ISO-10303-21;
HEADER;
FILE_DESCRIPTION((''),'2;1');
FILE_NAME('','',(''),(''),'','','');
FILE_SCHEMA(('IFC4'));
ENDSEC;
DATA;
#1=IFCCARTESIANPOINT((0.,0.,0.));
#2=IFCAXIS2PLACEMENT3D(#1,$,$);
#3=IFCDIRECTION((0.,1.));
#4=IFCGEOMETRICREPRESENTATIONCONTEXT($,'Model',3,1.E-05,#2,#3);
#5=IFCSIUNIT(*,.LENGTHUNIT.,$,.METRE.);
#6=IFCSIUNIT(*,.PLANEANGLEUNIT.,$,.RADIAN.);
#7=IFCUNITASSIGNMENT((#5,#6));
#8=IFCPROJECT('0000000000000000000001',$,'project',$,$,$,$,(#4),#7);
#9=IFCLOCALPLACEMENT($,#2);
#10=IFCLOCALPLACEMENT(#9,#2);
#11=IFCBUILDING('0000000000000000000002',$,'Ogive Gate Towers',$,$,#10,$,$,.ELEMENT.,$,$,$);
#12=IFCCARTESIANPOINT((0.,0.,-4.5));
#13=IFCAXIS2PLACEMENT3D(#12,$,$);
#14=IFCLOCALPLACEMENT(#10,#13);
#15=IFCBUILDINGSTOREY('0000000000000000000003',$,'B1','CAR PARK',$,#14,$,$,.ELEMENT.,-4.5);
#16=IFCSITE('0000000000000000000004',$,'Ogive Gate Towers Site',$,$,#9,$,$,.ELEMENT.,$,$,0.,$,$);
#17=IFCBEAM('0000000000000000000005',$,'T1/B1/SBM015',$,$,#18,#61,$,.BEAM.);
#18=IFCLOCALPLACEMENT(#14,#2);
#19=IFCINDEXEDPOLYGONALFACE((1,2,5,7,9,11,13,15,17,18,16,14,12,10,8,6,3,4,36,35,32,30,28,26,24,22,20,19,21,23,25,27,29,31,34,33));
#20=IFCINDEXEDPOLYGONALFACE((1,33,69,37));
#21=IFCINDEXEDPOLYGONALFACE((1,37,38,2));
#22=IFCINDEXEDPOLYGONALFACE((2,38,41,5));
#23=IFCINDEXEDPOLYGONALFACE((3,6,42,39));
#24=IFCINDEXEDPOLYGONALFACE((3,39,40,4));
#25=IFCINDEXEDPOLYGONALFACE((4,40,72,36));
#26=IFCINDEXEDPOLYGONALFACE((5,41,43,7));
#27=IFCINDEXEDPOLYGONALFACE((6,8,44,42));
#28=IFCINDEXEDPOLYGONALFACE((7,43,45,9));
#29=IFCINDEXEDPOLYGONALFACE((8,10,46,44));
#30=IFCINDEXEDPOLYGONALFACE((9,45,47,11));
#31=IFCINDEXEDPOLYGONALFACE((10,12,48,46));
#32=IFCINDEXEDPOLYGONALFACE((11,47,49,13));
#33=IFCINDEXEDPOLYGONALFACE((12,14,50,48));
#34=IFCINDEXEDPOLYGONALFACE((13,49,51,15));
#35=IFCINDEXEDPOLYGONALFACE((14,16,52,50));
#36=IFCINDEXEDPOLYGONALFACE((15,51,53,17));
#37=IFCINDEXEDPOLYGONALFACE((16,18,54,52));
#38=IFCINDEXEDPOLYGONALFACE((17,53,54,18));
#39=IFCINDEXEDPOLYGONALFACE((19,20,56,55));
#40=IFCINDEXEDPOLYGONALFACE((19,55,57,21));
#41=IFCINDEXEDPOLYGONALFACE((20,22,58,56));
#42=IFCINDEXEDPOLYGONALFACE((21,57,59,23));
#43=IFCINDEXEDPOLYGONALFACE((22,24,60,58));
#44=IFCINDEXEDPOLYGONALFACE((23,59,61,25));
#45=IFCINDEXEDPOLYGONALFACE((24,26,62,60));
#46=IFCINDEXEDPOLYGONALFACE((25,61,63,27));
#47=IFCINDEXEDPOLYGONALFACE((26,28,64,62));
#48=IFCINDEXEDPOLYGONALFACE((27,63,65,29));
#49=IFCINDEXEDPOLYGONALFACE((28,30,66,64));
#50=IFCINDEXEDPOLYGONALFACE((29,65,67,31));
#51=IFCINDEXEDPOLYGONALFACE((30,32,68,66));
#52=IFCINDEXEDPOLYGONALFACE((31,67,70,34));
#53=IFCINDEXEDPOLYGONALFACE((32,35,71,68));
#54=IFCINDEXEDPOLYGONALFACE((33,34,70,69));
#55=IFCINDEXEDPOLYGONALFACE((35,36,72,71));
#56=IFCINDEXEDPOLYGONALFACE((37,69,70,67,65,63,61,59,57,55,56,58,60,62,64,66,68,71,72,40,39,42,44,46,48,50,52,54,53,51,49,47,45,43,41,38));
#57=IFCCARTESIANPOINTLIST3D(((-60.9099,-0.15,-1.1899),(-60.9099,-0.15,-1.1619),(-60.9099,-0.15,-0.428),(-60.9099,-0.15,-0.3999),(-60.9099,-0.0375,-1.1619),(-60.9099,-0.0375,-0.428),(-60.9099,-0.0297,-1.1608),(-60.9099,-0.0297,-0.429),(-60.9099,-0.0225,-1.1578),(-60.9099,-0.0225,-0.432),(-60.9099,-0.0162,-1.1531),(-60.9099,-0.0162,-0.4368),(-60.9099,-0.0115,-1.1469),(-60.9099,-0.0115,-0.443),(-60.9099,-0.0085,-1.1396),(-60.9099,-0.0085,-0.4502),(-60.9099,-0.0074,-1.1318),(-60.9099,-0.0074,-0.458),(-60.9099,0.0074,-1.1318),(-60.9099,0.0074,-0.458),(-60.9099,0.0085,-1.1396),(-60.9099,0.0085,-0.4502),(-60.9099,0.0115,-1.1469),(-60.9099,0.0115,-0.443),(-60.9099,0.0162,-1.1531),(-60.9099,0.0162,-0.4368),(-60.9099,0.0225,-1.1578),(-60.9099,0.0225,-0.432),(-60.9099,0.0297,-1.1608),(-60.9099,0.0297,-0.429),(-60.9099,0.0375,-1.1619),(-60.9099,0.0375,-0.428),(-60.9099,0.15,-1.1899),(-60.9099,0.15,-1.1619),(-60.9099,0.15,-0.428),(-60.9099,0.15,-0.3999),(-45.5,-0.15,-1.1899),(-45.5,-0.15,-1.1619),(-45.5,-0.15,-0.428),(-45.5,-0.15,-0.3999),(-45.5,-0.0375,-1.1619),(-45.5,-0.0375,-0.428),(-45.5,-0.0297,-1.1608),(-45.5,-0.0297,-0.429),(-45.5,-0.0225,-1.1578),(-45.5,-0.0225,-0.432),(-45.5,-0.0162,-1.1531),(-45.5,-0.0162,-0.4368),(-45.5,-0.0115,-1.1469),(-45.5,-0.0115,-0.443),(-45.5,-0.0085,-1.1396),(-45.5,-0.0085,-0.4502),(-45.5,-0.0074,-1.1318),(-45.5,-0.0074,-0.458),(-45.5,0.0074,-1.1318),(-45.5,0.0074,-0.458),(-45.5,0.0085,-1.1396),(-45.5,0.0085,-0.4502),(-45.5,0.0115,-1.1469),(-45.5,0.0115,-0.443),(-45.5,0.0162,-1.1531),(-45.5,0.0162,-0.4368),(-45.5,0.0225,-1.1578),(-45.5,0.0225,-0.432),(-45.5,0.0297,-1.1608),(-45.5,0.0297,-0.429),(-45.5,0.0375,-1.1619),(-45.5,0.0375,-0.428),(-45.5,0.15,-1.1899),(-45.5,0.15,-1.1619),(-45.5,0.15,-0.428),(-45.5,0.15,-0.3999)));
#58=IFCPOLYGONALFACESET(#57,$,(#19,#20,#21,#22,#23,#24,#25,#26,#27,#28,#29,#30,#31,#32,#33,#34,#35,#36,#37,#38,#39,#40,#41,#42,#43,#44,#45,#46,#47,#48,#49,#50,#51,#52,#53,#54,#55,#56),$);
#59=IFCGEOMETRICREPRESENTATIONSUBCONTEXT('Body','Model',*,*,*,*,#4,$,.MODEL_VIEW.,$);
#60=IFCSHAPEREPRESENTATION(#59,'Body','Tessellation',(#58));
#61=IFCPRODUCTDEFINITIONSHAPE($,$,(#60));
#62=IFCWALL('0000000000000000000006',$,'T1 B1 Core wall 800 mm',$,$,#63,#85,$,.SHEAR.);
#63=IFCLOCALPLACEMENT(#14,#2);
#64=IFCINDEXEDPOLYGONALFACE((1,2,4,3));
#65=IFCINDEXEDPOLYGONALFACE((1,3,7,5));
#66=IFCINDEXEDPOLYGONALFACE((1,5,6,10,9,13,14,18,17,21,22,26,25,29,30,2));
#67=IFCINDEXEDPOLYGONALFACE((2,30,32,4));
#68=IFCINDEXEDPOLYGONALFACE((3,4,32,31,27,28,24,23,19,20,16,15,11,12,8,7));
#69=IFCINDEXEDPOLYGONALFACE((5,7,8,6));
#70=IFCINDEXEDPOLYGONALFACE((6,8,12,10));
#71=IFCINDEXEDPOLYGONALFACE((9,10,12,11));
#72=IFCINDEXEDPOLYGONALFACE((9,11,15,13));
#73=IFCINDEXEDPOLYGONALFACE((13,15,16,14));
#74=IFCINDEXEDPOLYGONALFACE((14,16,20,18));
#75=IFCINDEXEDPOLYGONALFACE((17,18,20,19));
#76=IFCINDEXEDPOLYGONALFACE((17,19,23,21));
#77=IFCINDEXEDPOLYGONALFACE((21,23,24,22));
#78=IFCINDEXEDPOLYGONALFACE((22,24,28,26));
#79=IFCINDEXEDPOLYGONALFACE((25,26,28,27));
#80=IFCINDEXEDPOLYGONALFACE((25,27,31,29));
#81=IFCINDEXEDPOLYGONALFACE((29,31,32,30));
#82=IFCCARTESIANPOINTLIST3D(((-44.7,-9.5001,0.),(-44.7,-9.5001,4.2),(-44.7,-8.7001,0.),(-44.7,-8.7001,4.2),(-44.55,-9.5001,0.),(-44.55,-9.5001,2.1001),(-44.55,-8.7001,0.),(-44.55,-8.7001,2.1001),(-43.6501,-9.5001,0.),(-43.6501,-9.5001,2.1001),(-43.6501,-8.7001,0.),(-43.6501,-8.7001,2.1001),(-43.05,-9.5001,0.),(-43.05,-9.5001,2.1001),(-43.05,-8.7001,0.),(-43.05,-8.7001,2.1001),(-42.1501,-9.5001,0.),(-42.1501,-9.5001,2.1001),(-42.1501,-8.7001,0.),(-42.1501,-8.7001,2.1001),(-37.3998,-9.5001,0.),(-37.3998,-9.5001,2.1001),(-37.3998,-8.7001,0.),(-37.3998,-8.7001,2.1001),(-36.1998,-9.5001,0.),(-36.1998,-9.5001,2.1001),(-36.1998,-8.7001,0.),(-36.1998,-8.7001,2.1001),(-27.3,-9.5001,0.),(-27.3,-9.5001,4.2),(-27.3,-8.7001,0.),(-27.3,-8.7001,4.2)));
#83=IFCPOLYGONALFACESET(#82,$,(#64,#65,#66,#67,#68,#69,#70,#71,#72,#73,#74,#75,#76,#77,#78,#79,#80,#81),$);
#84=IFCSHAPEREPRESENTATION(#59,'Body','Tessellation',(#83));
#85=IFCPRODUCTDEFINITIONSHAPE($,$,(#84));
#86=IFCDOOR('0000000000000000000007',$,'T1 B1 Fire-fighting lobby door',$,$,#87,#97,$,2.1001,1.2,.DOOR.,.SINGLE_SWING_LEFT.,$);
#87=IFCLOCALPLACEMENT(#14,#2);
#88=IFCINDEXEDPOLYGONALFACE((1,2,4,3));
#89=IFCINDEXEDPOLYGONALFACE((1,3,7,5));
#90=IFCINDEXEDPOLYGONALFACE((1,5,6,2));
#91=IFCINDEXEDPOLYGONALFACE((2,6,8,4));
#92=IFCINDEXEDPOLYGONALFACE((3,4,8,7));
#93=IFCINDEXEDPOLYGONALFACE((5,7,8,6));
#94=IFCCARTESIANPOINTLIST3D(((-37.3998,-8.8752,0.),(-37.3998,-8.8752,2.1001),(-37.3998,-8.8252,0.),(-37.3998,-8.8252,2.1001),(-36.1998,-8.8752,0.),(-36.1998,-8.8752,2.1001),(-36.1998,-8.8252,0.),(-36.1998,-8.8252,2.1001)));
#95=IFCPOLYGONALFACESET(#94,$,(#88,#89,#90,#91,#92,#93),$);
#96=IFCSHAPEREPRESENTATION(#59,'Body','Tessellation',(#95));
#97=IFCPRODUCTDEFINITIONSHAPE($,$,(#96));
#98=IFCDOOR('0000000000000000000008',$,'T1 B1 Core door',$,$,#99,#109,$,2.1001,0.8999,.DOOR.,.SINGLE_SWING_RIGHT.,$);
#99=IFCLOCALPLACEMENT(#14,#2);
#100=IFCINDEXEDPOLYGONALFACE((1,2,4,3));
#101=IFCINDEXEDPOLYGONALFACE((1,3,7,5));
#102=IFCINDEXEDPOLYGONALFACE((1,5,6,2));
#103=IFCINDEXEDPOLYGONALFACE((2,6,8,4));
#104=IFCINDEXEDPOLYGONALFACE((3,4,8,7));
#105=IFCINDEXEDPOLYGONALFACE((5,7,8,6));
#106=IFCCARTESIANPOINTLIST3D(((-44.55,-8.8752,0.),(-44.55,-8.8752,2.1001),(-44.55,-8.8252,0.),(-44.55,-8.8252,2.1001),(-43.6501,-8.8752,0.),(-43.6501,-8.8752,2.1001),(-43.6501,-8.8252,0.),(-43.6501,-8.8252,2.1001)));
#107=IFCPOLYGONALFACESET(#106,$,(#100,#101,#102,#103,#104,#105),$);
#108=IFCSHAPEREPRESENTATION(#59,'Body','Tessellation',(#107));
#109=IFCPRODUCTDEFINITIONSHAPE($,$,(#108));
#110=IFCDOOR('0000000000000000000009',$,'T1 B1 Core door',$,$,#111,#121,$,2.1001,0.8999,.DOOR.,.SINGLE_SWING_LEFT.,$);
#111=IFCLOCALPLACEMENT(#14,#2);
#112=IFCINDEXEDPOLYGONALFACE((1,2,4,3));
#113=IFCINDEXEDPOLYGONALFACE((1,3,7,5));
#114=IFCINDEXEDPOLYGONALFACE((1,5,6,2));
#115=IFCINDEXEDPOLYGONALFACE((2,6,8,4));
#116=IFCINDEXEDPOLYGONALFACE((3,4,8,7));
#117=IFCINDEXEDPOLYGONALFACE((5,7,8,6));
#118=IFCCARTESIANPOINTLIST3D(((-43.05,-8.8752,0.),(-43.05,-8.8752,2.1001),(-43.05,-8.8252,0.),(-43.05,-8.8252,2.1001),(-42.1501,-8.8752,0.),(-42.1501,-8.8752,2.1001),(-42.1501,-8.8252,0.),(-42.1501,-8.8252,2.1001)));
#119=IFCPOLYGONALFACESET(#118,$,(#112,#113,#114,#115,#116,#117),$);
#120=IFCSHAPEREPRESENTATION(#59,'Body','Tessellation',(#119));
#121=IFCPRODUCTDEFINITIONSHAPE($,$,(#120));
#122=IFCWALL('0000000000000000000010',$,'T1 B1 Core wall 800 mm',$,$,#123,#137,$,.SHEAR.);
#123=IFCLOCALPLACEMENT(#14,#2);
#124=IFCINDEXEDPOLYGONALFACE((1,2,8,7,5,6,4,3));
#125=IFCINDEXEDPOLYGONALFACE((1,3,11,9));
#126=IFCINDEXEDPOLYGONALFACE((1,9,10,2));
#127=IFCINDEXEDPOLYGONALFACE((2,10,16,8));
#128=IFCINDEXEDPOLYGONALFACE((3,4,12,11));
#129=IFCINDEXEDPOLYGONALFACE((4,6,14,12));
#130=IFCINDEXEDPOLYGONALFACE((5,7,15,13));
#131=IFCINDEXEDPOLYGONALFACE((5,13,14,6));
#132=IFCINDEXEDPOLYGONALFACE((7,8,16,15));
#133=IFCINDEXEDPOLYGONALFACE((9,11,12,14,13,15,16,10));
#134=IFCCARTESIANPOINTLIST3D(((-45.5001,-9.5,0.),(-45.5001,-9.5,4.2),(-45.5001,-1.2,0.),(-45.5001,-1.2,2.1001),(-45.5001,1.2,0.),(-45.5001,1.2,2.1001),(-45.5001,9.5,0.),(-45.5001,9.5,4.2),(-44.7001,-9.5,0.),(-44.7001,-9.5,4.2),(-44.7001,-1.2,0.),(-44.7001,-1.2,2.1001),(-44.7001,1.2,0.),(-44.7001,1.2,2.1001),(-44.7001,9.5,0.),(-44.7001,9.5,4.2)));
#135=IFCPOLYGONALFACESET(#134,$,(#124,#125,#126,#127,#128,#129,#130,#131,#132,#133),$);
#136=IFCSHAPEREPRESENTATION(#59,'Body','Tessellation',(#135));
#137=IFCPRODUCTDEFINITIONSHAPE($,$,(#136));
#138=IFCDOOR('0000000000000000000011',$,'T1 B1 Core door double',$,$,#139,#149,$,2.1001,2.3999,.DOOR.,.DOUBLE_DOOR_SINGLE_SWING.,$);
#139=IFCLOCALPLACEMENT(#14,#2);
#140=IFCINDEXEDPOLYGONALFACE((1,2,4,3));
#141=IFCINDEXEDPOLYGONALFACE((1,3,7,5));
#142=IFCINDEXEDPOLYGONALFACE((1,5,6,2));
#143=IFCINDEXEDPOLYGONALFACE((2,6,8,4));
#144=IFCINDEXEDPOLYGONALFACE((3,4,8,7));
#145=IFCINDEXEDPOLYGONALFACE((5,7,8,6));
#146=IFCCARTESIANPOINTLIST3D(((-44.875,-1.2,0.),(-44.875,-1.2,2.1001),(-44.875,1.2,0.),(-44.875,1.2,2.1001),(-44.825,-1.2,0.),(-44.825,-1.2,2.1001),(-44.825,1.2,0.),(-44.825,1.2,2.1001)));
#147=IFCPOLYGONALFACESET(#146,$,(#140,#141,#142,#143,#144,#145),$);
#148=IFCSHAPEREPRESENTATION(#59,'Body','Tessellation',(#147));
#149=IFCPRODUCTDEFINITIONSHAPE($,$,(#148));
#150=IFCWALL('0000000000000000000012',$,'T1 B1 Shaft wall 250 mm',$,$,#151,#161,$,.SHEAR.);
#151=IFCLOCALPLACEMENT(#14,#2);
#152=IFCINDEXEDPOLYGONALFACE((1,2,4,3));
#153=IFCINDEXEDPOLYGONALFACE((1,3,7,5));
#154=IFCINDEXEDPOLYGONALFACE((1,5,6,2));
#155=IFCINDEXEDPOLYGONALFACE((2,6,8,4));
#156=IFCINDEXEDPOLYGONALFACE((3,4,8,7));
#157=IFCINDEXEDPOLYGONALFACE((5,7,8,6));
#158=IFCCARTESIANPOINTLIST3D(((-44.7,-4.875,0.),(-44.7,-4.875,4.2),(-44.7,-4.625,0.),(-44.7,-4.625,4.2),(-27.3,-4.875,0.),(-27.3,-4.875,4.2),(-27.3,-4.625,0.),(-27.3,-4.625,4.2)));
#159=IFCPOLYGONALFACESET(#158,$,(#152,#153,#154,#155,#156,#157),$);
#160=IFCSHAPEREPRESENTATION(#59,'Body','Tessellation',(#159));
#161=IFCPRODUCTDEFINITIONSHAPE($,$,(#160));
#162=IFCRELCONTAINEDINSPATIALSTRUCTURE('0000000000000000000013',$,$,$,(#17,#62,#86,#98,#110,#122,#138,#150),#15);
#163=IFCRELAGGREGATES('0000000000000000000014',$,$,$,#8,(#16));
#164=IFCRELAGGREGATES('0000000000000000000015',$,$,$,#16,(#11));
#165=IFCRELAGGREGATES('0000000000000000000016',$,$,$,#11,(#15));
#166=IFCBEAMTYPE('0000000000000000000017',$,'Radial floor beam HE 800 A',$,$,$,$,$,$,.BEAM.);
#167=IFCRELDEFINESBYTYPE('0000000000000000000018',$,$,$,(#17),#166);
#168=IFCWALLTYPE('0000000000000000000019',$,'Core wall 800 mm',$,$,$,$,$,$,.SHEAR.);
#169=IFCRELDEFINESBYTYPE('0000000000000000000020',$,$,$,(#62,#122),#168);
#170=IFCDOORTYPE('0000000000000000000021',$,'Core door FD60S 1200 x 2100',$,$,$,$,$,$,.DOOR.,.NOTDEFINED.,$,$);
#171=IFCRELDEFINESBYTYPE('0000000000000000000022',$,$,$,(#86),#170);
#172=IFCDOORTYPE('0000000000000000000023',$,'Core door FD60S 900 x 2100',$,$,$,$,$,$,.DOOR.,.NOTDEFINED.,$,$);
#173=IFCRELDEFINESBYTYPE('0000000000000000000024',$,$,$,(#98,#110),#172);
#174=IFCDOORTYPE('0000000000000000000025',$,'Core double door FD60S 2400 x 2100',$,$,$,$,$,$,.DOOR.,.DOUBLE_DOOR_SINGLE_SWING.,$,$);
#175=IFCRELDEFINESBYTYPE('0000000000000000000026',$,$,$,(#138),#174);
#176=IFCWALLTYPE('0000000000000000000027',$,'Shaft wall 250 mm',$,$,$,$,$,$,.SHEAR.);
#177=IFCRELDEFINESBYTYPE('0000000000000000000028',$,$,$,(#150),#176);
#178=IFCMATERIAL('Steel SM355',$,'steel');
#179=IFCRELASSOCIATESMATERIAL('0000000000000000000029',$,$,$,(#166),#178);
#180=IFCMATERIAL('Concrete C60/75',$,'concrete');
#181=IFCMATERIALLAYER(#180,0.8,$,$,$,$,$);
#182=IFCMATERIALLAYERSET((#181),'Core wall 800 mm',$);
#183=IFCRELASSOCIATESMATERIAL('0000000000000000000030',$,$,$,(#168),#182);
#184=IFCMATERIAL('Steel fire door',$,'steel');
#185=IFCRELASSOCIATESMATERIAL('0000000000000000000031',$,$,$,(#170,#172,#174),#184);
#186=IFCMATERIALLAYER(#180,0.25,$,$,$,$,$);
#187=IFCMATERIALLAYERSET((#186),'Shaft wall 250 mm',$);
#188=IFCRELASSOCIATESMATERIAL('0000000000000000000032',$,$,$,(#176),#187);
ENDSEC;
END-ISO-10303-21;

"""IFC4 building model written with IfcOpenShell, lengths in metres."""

from ifc_helpers import new_model, si_unit, direction, frame, frame_2d, origin, origin_2d, place, context, subcontext, project, spatial, rectangle, i_section, extrude, material, layer, layer_set, material_profile, profile_set, type_object, element, fill, save


model = new_model("IFC4")

# Units and contexts
model_context = context("Model", 3, precision=1e-05, world=origin(), true_north=direction((0.0, 1.0)))
body_context = subcontext(model_context, "Body", "Model", "MODEL_VIEW")
ifc_project = project(units=[si_unit("LENGTHUNIT", "METRE"), si_unit("PLANEANGLEUNIT", "RADIAN")], contexts=[model_context])

# Site, building, storey
site_placement = place(None, origin())
site = spatial("IfcSite", under=ifc_project, at=site_placement, Name="Ogive Gate Towers Site", CompositionType="ELEMENT", RefElevation=0.0)
building_placement = place(site_placement, origin())
building = spatial("IfcBuilding", under=site, at=building_placement, Name="Ogive Gate Towers", CompositionType="ELEMENT")
storey_placement = place(building_placement, frame((0.0, 0.0, -4.5)))
storey = spatial("IfcBuildingStorey", under=building, at=storey_placement, Name="B1", Description="CAR PARK", CompositionType="ELEMENT", Elevation=-4.5)

# Beam
ifc_material_1 = material(Name="Steel SM355", Category="steel")
ifc_material_profile_1 = material_profile(ifc_material_1, i_section(OverallWidth=0.3, OverallDepth=0.79, WebThickness=0.0149, FlangeThickness=0.0281, FilletRadius=0.03, at=origin_2d()), Name="HE 800 A")
ifc_profile_set_1 = profile_set([ifc_material_profile_1], Name="Steel SM355")
beam_type_1 = type_object("IfcBeamType", Name="Radial floor beam HE 800 A", PredefinedType="BEAM", material=ifc_profile_set_1)
beam_1_placement = place(storey_placement, frame((-45.5, 0.0, -0.7949), z_axis=(-1.0, 0.0, 0.0), x_axis=(0.0, -1.0, 0.0)))
element("IfcBeam", 1, at=beam_1_placement, inside=storey, type_object=beam_type_1, Name="T1/B1/SBM015", PredefinedType="BEAM", context=body_context, shape_type="SweptSolid", body=[
    extrude(i_section(OverallWidth=0.3, OverallDepth=0.79, WebThickness=0.0149, FlangeThickness=0.0281, FilletRadius=0.03, at=origin_2d()), origin(), (0.0, 0.0, 1.0), 15.4099),
])

# Wall, openings, doors
ifc_material_2 = material(Name="Concrete C60/75", Category="concrete")
ifc_layer_1 = layer(ifc_material_2, 0.8)
ifc_layer_set_1 = layer_set([ifc_layer_1], Name="Core wall 800 mm")
wall_type_1 = type_object("IfcWallType", Name="Core wall 800 mm", PredefinedType="SHEAR", material=ifc_layer_set_1)
wall_1_placement = place(storey_placement, frame((-44.7, -9.1001, 0.0), z_axis=(0.0, 0.0, 1.0), x_axis=(1.0, 0.0, 0.0)))
wall_1 = element("IfcWall", 2, at=wall_1_placement, inside=storey, type_object=wall_type_1, Name="T1 B1 Core wall 800 mm", PredefinedType="SHEAR", context=body_context, shape_type="SweptSolid", body=[
    extrude(rectangle(XDim=17.3999, YDim=0.8, at=frame_2d((8.7, 0.0))), origin(), (0.0, 0.0, 1.0), 4.2),
])
opening_1_placement = place(wall_1_placement, frame((7.3, 0.0, 0.0)))
opening_1 = element("IfcOpeningElement", 3, at=opening_1_placement, cuts=wall_1, PredefinedType="OPENING", context=body_context, shape_type="SweptSolid", body=[
    extrude(rectangle(XDim=1.2, YDim=2.1001, at=frame_2d((0.6001, 1.05))), frame((0.0, 0.4102, 0.0), z_axis=(0.0, -1.0, 0.0), x_axis=(1.0, 0.0, 0.0)), (0.0, 0.0, 1.0), 0.8201),
])
opening_2_placement = place(wall_1_placement, frame((0.1499, 0.0, 0.0)))
opening_2 = element("IfcOpeningElement", 4, at=opening_2_placement, cuts=wall_1, PredefinedType="OPENING", context=body_context, shape_type="SweptSolid", body=[
    extrude(rectangle(XDim=0.8999, YDim=2.1001, at=frame_2d((0.45, 1.05))), frame((0.0, 0.4102, 0.0), z_axis=(0.0, -1.0, 0.0), x_axis=(1.0, 0.0, 0.0)), (0.0, 0.0, 1.0), 0.8201),
])
opening_3_placement = place(wall_1_placement, frame((1.6499, 0.0, 0.0)))
opening_3 = element("IfcOpeningElement", 5, at=opening_3_placement, cuts=wall_1, PredefinedType="OPENING", context=body_context, shape_type="SweptSolid", body=[
    extrude(rectangle(XDim=0.8999, YDim=2.1001, at=frame_2d((0.45, 1.05))), frame((0.0, 0.4102, 0.0), z_axis=(0.0, -1.0, 0.0), x_axis=(1.0, 0.0, 0.0)), (0.0, 0.0, 1.0), 0.8201),
])
ifc_material_3 = material(Name="Steel fire door", Category="steel")
door_type_1 = type_object("IfcDoorType", Name="Core door FD60S 1200 x 2100", OperationType="NOTDEFINED", PredefinedType="DOOR", material=ifc_material_3)
door_1_placement = place(opening_1_placement, origin())
door_1 = element("IfcDoor", 6, at=door_1_placement, inside=storey, type_object=door_type_1, Name="T1 B1 Fire-fighting lobby door", OperationType="SINGLE_SWING_LEFT", OverallHeight=2.1001, OverallWidth=1.2, PredefinedType="DOOR", context=body_context, shape_type="SweptSolid", body=[
    extrude(rectangle(XDim=1.2, YDim=2.1001, at=frame_2d((0.6001, 1.05))), frame((0.0, 0.2749, 0.0), z_axis=(0.0, -1.0, 0.0), x_axis=(1.0, 0.0, 0.0)), (0.0, 0.0, 1.0), 0.05),
])
fill(opening_1, door_1)
door_type_2 = type_object("IfcDoorType", Name="Core door FD60S 900 x 2100", OperationType="NOTDEFINED", PredefinedType="DOOR", material=ifc_material_3)
door_2_placement = place(opening_2_placement, origin())
door_2 = element("IfcDoor", 7, at=door_2_placement, inside=storey, type_object=door_type_2, Name="T1 B1 Core door", OperationType="SINGLE_SWING_RIGHT", OverallHeight=2.1001, OverallWidth=0.8999, PredefinedType="DOOR", context=body_context, shape_type="SweptSolid", body=[
    extrude(rectangle(XDim=0.8999, YDim=2.1001, at=frame_2d((0.45, 1.05))), frame((0.0, 0.2749, 0.0), z_axis=(0.0, -1.0, 0.0), x_axis=(1.0, 0.0, 0.0)), (0.0, 0.0, 1.0), 0.05),
])
fill(opening_2, door_2)
door_3_placement = place(opening_3_placement, origin())
door_3 = element("IfcDoor", 8, at=door_3_placement, inside=storey, type_object=door_type_2, Name="T1 B1 Core door", OperationType="SINGLE_SWING_LEFT", OverallHeight=2.1001, OverallWidth=0.8999, PredefinedType="DOOR", context=body_context, shape_type="SweptSolid", body=[
    extrude(rectangle(XDim=0.8999, YDim=2.1001, at=frame_2d((0.45, 1.05))), frame((0.0, 0.2749, 0.0), z_axis=(0.0, -1.0, 0.0), x_axis=(1.0, 0.0, 0.0)), (0.0, 0.0, 1.0), 0.05),
])
fill(opening_3, door_3)

# Wall, opening, door
wall_2_placement = place(storey_placement, frame((-45.1001, -9.5, 0.0), z_axis=(0.0, 0.0, 1.0), x_axis=(0.0, 1.0, 0.0)))
wall_2 = element("IfcWall", 9, at=wall_2_placement, inside=storey, type_object=wall_type_1, Name="T1 B1 Core wall 800 mm", PredefinedType="SHEAR", context=body_context, shape_type="SweptSolid", body=[
    extrude(rectangle(XDim=19.0, YDim=0.8, at=frame_2d((9.5, 0.0))), origin(), (0.0, 0.0, 1.0), 4.2),
])
opening_4_placement = place(wall_2_placement, frame((8.3, 0.0, 0.0)))
opening_4 = element("IfcOpeningElement", 10, at=opening_4_placement, cuts=wall_2, PredefinedType="OPENING", context=body_context, shape_type="SweptSolid", body=[
    extrude(rectangle(XDim=2.3999, YDim=2.1001, at=frame_2d((1.2, 1.05))), frame((0.0, 0.4102, 0.0), z_axis=(0.0, -1.0, 0.0), x_axis=(1.0, 0.0, 0.0)), (0.0, 0.0, 1.0), 0.8201),
])
door_type_3 = type_object("IfcDoorType", Name="Core double door FD60S 2400 x 2100", OperationType="DOUBLE_DOOR_SINGLE_SWING", PredefinedType="DOOR", material=ifc_material_3)
door_4_placement = place(opening_4_placement, origin())
door_4 = element("IfcDoor", 11, at=door_4_placement, inside=storey, type_object=door_type_3, Name="T1 B1 Core door double", OperationType="DOUBLE_DOOR_SINGLE_SWING", OverallHeight=2.1001, OverallWidth=2.3999, PredefinedType="DOOR", context=body_context, shape_type="SweptSolid", body=[
    extrude(rectangle(XDim=2.3999, YDim=2.1001, at=frame_2d((1.2, 1.05))), frame((0.0, -0.2251, 0.0), z_axis=(0.0, -1.0, 0.0), x_axis=(1.0, 0.0, 0.0)), (0.0, 0.0, 1.0), 0.05),
])
fill(opening_4, door_4)

# Wall
ifc_layer_2 = layer(ifc_material_2, 0.25)
ifc_layer_set_2 = layer_set([ifc_layer_2], Name="Shaft wall 250 mm")
wall_type_2 = type_object("IfcWallType", Name="Shaft wall 250 mm", PredefinedType="SHEAR", material=ifc_layer_set_2)
wall_3_placement = place(storey_placement, frame((-44.7, -4.75, 0.0), z_axis=(0.0, 0.0, 1.0), x_axis=(1.0, 0.0, 0.0)))
element("IfcWall", 12, at=wall_3_placement, inside=storey, type_object=wall_type_2, Name="T1 B1 Shaft wall 250 mm", PredefinedType="SHEAR", context=body_context, shape_type="SweptSolid", body=[
    extrude(rectangle(XDim=17.3999, YDim=0.25, at=frame_2d((8.7, 0.0))), origin(), (0.0, 0.0, 1.0), 4.2),
])

save(model, "model.ifc")
